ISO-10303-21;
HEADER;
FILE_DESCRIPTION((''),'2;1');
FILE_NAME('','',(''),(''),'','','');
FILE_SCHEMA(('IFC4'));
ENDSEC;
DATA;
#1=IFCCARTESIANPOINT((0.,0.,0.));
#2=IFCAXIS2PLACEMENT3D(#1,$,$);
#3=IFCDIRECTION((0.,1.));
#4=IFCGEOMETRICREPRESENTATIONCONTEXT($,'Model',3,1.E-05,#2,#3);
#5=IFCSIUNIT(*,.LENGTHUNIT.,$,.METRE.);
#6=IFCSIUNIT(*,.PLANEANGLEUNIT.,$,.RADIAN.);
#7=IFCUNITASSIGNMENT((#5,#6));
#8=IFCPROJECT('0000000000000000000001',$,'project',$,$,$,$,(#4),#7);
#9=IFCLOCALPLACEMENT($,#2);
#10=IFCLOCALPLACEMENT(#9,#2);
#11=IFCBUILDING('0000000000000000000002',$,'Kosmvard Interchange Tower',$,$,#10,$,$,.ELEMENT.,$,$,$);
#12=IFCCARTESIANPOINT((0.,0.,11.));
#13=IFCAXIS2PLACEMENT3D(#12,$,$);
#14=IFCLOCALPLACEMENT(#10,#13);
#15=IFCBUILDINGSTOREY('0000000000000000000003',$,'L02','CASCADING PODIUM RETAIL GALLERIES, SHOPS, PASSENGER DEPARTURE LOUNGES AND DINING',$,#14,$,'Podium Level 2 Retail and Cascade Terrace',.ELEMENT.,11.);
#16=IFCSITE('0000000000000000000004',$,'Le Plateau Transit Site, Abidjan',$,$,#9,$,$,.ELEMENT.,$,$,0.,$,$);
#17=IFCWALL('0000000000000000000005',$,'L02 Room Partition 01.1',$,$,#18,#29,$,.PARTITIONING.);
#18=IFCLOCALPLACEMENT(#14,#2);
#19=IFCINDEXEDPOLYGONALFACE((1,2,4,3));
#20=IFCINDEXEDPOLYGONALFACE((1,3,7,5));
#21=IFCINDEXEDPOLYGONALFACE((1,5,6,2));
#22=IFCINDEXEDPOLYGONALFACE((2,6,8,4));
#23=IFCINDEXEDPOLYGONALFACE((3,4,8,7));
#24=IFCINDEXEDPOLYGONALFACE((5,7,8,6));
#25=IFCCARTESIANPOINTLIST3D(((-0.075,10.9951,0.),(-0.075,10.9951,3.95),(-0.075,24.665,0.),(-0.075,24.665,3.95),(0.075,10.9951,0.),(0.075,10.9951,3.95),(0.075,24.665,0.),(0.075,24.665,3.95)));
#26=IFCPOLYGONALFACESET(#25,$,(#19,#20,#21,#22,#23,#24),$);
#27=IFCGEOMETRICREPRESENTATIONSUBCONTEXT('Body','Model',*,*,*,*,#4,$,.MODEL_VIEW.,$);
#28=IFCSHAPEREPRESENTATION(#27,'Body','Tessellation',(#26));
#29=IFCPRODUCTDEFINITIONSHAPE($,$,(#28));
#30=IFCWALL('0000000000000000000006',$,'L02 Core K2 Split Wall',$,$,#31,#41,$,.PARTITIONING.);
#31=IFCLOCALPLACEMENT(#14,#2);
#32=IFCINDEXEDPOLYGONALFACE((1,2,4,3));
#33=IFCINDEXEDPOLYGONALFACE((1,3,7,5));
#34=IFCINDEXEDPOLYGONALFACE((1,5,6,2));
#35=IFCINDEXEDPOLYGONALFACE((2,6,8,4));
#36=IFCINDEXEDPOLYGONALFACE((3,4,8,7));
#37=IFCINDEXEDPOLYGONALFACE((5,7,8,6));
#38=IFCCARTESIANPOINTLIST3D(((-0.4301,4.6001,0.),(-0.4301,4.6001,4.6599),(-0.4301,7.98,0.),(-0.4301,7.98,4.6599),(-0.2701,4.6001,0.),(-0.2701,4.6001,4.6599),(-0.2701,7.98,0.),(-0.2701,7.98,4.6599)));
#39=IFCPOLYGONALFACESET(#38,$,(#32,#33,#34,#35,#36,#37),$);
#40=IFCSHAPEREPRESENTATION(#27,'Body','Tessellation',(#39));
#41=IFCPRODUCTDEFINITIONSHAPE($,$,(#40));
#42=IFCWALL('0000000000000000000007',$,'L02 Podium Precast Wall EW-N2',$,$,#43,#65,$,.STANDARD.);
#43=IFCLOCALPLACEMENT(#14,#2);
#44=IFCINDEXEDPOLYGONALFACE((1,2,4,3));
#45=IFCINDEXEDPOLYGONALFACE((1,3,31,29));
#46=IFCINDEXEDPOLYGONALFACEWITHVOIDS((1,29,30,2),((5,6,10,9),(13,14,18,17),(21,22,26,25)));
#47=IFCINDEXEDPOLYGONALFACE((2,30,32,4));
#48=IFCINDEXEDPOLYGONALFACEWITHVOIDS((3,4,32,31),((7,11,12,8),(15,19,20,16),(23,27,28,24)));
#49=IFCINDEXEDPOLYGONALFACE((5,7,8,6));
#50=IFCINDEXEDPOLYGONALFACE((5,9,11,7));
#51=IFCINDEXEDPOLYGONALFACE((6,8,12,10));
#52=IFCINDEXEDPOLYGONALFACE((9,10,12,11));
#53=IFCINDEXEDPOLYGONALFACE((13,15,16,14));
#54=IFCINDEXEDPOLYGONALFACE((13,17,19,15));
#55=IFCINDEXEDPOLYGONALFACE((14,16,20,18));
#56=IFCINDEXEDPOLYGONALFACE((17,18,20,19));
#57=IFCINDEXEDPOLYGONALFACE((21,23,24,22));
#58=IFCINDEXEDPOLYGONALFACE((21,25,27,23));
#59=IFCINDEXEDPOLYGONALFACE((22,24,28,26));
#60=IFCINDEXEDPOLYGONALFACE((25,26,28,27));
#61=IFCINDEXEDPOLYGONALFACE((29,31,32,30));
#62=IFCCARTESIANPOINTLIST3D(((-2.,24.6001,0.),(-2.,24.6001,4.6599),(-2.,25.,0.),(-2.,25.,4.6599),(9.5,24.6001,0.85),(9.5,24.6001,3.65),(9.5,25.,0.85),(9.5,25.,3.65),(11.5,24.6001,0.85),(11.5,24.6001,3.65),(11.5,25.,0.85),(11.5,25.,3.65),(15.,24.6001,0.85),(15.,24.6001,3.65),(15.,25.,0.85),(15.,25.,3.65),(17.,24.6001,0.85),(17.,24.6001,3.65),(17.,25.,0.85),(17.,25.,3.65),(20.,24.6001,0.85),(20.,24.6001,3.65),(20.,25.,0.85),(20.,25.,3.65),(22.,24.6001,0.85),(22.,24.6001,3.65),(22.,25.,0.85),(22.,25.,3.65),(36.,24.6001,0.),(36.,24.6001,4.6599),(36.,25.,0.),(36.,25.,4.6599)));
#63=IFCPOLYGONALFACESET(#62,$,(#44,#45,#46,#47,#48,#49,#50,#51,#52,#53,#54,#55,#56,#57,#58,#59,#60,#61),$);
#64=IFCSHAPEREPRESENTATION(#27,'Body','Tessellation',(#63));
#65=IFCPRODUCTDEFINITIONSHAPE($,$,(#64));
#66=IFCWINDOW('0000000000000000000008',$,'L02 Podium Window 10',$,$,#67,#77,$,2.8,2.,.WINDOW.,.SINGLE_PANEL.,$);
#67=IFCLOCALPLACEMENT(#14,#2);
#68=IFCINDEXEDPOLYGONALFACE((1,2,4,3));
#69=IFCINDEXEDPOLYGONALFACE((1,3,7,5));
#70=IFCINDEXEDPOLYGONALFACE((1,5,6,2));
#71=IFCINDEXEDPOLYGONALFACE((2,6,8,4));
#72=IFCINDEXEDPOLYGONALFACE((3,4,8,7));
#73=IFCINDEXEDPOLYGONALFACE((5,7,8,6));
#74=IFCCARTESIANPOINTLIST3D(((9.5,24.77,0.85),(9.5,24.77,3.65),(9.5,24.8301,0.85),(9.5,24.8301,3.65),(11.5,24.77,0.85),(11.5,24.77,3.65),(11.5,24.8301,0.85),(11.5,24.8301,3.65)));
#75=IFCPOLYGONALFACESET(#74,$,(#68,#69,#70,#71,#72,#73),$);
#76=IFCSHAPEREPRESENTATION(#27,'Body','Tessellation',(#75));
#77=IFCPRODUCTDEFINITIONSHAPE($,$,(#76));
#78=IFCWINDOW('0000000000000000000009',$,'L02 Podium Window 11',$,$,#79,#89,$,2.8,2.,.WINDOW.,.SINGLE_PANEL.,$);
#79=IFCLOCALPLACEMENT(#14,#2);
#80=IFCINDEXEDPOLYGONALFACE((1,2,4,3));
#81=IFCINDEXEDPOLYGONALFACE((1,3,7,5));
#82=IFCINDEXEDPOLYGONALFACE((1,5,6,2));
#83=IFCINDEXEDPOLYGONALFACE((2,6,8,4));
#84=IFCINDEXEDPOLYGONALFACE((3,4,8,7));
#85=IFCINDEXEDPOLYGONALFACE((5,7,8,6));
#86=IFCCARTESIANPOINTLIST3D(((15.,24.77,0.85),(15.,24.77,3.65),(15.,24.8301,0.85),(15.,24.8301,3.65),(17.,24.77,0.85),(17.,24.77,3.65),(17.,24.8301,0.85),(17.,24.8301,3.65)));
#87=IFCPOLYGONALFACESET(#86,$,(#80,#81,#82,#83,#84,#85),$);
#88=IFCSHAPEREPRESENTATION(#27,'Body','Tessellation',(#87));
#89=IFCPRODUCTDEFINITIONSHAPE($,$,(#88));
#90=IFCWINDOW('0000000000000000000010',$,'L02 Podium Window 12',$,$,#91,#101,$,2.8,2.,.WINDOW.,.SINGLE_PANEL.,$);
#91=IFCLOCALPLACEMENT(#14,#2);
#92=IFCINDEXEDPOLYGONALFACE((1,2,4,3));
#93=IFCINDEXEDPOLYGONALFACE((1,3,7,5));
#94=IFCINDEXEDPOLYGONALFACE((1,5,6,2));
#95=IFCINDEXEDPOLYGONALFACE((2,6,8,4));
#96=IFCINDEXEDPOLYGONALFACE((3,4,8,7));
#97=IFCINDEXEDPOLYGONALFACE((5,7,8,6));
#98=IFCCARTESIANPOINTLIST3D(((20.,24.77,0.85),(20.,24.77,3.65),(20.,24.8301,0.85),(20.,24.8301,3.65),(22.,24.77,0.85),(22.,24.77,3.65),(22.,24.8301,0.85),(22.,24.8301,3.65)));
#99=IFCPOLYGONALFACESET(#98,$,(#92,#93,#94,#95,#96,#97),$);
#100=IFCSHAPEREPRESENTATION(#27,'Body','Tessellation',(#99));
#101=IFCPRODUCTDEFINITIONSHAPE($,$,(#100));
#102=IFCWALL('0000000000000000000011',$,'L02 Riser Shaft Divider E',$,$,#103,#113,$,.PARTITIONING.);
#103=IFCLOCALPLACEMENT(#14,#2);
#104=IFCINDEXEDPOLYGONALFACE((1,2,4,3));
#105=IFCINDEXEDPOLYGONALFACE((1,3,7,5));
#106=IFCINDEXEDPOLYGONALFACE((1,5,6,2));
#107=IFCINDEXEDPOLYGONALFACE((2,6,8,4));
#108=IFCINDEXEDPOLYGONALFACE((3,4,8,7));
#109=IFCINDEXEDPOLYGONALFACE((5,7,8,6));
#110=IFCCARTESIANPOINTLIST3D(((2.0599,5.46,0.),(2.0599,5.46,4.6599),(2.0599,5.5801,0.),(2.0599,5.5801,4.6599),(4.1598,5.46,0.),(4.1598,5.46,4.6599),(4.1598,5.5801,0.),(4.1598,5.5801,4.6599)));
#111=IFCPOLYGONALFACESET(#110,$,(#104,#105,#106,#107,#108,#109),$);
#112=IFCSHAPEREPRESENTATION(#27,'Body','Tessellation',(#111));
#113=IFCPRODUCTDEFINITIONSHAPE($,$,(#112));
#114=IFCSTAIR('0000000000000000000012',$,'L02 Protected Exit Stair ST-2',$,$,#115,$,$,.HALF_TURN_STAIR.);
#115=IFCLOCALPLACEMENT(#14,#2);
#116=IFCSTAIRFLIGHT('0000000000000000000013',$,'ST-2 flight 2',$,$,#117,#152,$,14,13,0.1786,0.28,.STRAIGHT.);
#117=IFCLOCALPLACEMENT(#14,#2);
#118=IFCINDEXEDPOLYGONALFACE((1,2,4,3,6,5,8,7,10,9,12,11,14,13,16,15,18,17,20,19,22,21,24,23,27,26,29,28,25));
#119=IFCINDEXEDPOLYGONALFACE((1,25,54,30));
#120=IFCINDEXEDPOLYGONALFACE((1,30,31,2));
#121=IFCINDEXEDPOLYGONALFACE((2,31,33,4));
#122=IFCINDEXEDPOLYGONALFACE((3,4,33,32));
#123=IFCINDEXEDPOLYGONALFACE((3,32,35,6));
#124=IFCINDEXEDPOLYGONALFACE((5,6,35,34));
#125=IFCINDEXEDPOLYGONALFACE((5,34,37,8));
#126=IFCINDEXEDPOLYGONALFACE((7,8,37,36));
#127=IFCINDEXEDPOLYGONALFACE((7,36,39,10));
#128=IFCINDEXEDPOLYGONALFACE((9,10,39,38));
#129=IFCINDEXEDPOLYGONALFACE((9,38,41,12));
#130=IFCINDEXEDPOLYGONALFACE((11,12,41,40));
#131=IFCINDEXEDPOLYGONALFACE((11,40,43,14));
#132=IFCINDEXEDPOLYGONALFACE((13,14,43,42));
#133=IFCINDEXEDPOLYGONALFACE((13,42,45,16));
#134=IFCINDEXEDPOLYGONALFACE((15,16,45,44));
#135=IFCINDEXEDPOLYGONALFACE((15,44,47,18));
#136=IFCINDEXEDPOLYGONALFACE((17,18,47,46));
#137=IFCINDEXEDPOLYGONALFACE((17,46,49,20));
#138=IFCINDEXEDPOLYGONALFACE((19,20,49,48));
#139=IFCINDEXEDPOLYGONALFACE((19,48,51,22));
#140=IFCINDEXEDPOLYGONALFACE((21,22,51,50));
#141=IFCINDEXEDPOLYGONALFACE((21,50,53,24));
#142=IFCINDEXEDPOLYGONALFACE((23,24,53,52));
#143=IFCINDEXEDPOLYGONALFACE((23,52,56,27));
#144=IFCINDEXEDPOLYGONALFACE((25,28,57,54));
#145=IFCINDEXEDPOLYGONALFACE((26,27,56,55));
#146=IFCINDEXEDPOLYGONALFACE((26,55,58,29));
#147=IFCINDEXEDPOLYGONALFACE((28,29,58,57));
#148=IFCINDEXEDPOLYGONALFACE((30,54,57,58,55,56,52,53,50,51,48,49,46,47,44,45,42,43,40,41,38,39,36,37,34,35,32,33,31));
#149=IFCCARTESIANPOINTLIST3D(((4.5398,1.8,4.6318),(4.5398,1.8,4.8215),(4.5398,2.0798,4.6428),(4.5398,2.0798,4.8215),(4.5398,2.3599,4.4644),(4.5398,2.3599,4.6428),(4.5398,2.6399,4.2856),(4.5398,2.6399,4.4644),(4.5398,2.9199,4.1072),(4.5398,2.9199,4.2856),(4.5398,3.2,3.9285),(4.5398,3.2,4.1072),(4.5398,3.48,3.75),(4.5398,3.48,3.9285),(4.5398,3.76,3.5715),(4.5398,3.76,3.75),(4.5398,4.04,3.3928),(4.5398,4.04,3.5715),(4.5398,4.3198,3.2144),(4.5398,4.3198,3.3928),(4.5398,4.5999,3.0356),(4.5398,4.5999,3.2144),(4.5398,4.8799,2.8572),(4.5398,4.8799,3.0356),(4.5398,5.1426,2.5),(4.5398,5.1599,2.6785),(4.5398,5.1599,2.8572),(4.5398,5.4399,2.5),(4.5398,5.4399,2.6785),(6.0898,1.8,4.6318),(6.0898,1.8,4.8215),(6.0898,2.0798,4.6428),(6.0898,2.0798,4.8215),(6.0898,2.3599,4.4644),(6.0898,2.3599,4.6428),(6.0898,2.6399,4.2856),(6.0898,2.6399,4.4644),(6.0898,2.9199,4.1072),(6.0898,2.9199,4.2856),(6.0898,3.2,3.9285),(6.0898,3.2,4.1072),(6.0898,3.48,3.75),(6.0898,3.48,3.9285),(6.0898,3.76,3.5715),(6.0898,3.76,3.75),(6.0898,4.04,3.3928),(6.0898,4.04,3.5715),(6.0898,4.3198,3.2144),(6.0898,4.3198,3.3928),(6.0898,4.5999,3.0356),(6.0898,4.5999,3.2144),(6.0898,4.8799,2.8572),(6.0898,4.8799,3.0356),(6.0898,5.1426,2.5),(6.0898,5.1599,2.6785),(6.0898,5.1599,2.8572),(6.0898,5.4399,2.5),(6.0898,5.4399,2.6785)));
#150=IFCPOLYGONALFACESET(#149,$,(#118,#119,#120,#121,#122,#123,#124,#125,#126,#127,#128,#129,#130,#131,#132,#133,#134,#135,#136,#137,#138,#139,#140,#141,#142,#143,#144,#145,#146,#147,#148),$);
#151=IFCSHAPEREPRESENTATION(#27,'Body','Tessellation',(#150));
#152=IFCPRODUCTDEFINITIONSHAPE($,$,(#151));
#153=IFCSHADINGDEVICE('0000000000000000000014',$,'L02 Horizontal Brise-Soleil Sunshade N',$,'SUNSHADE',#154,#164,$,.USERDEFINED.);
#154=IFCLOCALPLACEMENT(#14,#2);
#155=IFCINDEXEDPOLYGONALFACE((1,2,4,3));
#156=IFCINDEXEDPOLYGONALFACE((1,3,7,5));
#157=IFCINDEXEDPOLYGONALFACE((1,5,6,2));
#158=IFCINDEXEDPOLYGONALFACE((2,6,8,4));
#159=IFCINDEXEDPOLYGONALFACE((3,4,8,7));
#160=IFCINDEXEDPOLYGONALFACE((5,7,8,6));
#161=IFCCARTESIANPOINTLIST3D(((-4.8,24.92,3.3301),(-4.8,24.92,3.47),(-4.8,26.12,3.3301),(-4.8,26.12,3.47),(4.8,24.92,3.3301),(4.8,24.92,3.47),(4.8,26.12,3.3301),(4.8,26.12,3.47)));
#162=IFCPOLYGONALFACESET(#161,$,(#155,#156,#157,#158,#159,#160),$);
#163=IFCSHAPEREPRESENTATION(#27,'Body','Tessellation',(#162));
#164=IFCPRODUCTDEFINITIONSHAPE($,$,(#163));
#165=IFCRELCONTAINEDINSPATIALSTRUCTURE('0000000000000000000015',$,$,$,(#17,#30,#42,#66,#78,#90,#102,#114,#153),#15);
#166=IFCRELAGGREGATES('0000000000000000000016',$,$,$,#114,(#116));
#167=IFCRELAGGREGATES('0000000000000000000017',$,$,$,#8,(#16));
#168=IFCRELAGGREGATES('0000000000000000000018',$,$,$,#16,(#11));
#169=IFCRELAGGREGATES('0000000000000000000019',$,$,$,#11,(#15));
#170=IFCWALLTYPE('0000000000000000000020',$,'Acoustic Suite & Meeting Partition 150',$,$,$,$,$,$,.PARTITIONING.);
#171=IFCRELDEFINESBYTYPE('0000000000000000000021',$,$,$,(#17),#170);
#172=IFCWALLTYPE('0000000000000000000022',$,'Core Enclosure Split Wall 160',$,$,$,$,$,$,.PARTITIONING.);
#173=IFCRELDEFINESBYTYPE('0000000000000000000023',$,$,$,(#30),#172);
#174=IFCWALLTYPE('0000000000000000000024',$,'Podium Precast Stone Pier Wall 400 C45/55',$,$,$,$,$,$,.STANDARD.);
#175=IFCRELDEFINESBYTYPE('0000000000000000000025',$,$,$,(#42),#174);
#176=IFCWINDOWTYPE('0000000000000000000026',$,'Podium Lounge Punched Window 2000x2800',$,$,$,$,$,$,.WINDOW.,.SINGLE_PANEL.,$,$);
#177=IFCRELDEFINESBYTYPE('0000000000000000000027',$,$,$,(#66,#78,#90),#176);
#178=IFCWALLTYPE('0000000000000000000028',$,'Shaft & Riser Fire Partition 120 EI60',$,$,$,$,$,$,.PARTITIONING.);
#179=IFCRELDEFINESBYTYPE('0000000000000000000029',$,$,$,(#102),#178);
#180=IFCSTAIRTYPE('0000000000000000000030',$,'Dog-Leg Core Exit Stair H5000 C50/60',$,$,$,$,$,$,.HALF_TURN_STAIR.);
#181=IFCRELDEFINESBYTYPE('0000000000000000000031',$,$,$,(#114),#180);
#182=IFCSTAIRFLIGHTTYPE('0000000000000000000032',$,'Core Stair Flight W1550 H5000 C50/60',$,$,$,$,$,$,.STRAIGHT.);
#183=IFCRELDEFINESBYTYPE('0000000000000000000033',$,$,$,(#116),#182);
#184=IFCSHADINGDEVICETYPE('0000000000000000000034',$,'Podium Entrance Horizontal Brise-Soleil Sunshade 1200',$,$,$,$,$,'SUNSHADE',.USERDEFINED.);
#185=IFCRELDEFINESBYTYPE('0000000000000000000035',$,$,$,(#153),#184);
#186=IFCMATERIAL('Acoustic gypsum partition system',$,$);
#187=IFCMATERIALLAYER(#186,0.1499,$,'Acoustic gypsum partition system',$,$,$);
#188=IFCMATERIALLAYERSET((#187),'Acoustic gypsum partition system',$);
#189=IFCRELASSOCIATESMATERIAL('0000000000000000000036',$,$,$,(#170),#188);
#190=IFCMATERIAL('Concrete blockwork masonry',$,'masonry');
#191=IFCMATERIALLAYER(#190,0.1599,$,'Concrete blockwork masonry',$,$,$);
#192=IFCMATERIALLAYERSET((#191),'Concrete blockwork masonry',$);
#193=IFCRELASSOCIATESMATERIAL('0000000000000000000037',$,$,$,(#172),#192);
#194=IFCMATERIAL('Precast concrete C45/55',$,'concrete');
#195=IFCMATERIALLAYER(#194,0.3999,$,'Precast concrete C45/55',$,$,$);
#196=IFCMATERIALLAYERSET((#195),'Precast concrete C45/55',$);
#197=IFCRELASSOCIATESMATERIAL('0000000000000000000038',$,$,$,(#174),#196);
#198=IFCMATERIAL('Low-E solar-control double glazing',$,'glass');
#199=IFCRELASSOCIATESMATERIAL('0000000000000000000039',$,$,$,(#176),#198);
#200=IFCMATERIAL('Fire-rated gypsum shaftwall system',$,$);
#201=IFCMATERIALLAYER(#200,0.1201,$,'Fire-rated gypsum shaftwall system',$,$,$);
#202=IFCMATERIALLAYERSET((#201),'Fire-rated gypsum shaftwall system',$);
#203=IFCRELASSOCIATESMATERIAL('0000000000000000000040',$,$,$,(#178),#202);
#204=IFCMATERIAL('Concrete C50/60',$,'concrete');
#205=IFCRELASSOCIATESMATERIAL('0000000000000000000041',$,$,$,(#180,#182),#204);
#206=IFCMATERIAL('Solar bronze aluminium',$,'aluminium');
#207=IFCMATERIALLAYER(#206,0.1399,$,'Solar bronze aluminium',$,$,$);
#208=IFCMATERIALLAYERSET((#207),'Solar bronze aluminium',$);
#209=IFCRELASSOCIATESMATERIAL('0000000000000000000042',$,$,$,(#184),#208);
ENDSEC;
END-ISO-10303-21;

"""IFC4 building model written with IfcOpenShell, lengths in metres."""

from ifc_helpers import new_model, si_unit, direction, frame, frame_2d, origin, origin_2d, place, context, subcontext, project, spatial, polyline, rectangle, outline, extrude, source, transform, mapped, material, layer, layer_set, type_object, element, fill, aggregate, save


model = new_model("IFC4")

# Units and contexts
model_context = context("Model", 3, precision=1e-05, world=origin(), true_north=direction((0.0, 1.0)))
body_context = subcontext(model_context, "Body", "Model", "MODEL_VIEW")
ifc_project = project(units=[si_unit("LENGTHUNIT", "METRE"), si_unit("PLANEANGLEUNIT", "RADIAN")], contexts=[model_context])

# Site, building, storey
site_placement = place(None, origin())
site = spatial("IfcSite", under=ifc_project, at=site_placement, Name="Le Plateau Transit Site, Abidjan", CompositionType="ELEMENT", RefElevation=0.0)
building_placement = place(site_placement, origin())
building = spatial("IfcBuilding", under=site, at=building_placement, Name="Kosmvard Interchange Tower", CompositionType="ELEMENT")
storey_placement = place(building_placement, frame((0.0, 0.0, 11.0)))
storey = spatial("IfcBuildingStorey", under=building, at=storey_placement, Name="L02", Description="CASCADING PODIUM RETAIL GALLERIES, SHOPS, PASSENGER DEPARTURE LOUNGES AND DINING", LongName="Podium Level 2 Retail and Cascade Terrace", CompositionType="ELEMENT", Elevation=11.0)

# Walls
ifc_material_1 = material(Name="Acoustic gypsum partition system")
ifc_layer_1 = layer(ifc_material_1, 0.1499, Name="Acoustic gypsum partition system")
ifc_layer_set_1 = layer_set([ifc_layer_1], Name="Acoustic gypsum partition system")
wall_type_1 = type_object("IfcWallType", Name="Acoustic Suite & Meeting Partition 150", PredefinedType="PARTITIONING", material=ifc_layer_set_1)
wall_1_placement = place(storey_placement, frame((0.0, 10.9951, 0.0), z_axis=(0.0, 0.0, 1.0), x_axis=(0.0, 1.0, 0.0)))
element("IfcWall", 1, at=wall_1_placement, inside=storey, type_object=wall_type_1, Name="L02 Room Partition 01.1", PredefinedType="PARTITIONING", context=body_context, shape_type="SweptSolid", body=[
    extrude(rectangle(XDim=13.6699, YDim=0.1499, at=frame_2d((6.835, 0.0))), origin(), (0.0, 0.0, 1.0), 3.95),
])
ifc_material_2 = material(Name="Concrete blockwork masonry", Category="masonry")
ifc_layer_2 = layer(ifc_material_2, 0.1599, Name="Concrete blockwork masonry")
ifc_layer_set_2 = layer_set([ifc_layer_2], Name="Concrete blockwork masonry")
wall_type_2 = type_object("IfcWallType", Name="Core Enclosure Split Wall 160", PredefinedType="PARTITIONING", material=ifc_layer_set_2)
wall_2_placement = place(storey_placement, frame((-0.3501, 4.6001, 0.0), z_axis=(0.0, 0.0, 1.0), x_axis=(0.0, 1.0, 0.0)))
element("IfcWall", 2, at=wall_2_placement, inside=storey, type_object=wall_type_2, Name="L02 Core K2 Split Wall", PredefinedType="PARTITIONING", context=body_context, shape_type="SweptSolid", body=[
    extrude(rectangle(XDim=3.3799, YDim=0.1599, at=frame_2d((1.6899, 0.0))), origin(), (0.0, 0.0, 1.0), 4.6599),
])

# Wall, openings, windows
ifc_material_3 = material(Name="Precast concrete C45/55", Category="concrete")
ifc_layer_3 = layer(ifc_material_3, 0.3999, Name="Precast concrete C45/55")
ifc_layer_set_3 = layer_set([ifc_layer_3], Name="Precast concrete C45/55")
wall_type_3 = type_object("IfcWallType", Name="Podium Precast Stone Pier Wall 400 C45/55", PredefinedType="STANDARD", material=ifc_layer_set_3)
wall_3_placement = place(storey_placement, frame((-2.0, 24.8, 0.0), z_axis=(0.0, 0.0, 1.0), x_axis=(1.0, 0.0, 0.0)))
wall_3 = element("IfcWall", 3, at=wall_3_placement, inside=storey, type_object=wall_type_3, Name="L02 Podium Precast Wall EW-N2", PredefinedType="STANDARD", context=body_context, shape_type="SweptSolid", body=[
    extrude(rectangle(XDim=38.0, YDim=0.3999, at=frame_2d((19.0, 0.0))), origin(), (0.0, 0.0, 1.0), 4.6599),
])
opening_1_placement = place(wall_3_placement, frame((11.5, 0.0, 0.8501)))
opening_1 = element("IfcOpeningElement", 4, at=opening_1_placement, cuts=wall_3, PredefinedType="OPENING", context=body_context, shape_type="SweptSolid", body=[
    extrude(rectangle(XDim=2.0, YDim=2.8, at=frame_2d((1.0, 1.3999))), frame((0.0, 0.21, 0.0), z_axis=(0.0, -1.0, 0.0), x_axis=(1.0, 0.0, 0.0)), (0.0, 0.0, 1.0), 0.4199),
])
opening_2_placement = place(wall_3_placement, frame((17.0, 0.0, 0.8501)))
opening_2 = element("IfcOpeningElement", 5, at=opening_2_placement, cuts=wall_3, PredefinedType="OPENING", context=body_context, shape_type="SweptSolid", body=[
    extrude(rectangle(XDim=2.0, YDim=2.8, at=frame_2d((1.0, 1.3999))), frame((0.0, 0.21, 0.0), z_axis=(0.0, -1.0, 0.0), x_axis=(1.0, 0.0, 0.0)), (0.0, 0.0, 1.0), 0.4199),
])
opening_3_placement = place(wall_3_placement, frame((22.0, 0.0, 0.8501)))
opening_3 = element("IfcOpeningElement", 6, at=opening_3_placement, cuts=wall_3, PredefinedType="OPENING", context=body_context, shape_type="SweptSolid", body=[
    extrude(rectangle(XDim=2.0, YDim=2.8, at=frame_2d((1.0, 1.3999))), frame((0.0, 0.21, 0.0), z_axis=(0.0, -1.0, 0.0), x_axis=(1.0, 0.0, 0.0)), (0.0, 0.0, 1.0), 0.4199),
])
ifc_material_4 = material(Name="Low-E solar-control double glazing", Category="glass")
window_type = type_object("IfcWindowType", Name="Podium Lounge Punched Window 2000x2800", PartitioningType="SINGLE_PANEL", PredefinedType="WINDOW", material=ifc_material_4)
shared_shape_1 = source(origin(), body_context, "Body", "SweptSolid", [
    extrude(rectangle(XDim=2.0, YDim=2.8, at=frame_2d((1.0, 1.3999))), frame((0.0, 0.03, 0.0), z_axis=(0.0, -1.0, 0.0), x_axis=(1.0, 0.0, 0.0)), (0.0, 0.0, 1.0), 0.0601),
])
window_1_placement = place(opening_1_placement, origin())
window_1 = element("IfcWindow", 7, at=window_1_placement, inside=storey, type_object=window_type, Name="L02 Podium Window 10", OverallHeight=2.8, OverallWidth=2.0, PartitioningType="SINGLE_PANEL", PredefinedType="WINDOW", context=body_context, shape_type="MappedRepresentation", body=[
    mapped(shared_shape_1, transform((0.0, 0.0, 0.0), scale=1.0)),
])
fill(opening_1, window_1)
window_2_placement = place(opening_2_placement, origin())
window_2 = element("IfcWindow", 8, at=window_2_placement, inside=storey, type_object=window_type, Name="L02 Podium Window 11", OverallHeight=2.8, OverallWidth=2.0, PartitioningType="SINGLE_PANEL", PredefinedType="WINDOW", context=body_context, shape_type="MappedRepresentation", body=[
    mapped(shared_shape_1, transform((0.0, 0.0, 0.0), scale=1.0)),
])
fill(opening_2, window_2)
window_3_placement = place(opening_3_placement, origin())
window_3 = element("IfcWindow", 9, at=window_3_placement, inside=storey, type_object=window_type, Name="L02 Podium Window 12", OverallHeight=2.8, OverallWidth=2.0, PartitioningType="SINGLE_PANEL", PredefinedType="WINDOW", context=body_context, shape_type="MappedRepresentation", body=[
    mapped(shared_shape_1, transform((0.0, 0.0, 0.0), scale=1.0)),
])
fill(opening_3, window_3)

# Wall
ifc_material_5 = material(Name="Fire-rated gypsum shaftwall system")
ifc_layer_4 = layer(ifc_material_5, 0.1201, Name="Fire-rated gypsum shaftwall system")
ifc_layer_set_4 = layer_set([ifc_layer_4], Name="Fire-rated gypsum shaftwall system")
wall_type_4 = type_object("IfcWallType", Name="Shaft & Riser Fire Partition 120 EI60", PredefinedType="PARTITIONING", material=ifc_layer_set_4)
wall_4_placement = place(storey_placement, frame((2.0601, 5.52, 0.0), z_axis=(0.0, 0.0, 1.0), x_axis=(1.0, 0.0, 0.0)))
element("IfcWall", 10, at=wall_4_placement, inside=storey, type_object=wall_type_4, Name="L02 Riser Shaft Divider E", PredefinedType="PARTITIONING", context=body_context, shape_type="SweptSolid", body=[
    extrude(rectangle(XDim=2.0999, YDim=0.1201, at=frame_2d((1.0498, 0.0))), origin(), (0.0, 0.0, 1.0), 4.6599),
])

# Stair, stair flight
ifc_material_6 = material(Name="Concrete C50/60", Category="concrete")
stair_type = type_object("IfcStairType", Name="Dog-Leg Core Exit Stair H5000 C50/60", PredefinedType="HALF_TURN_STAIR", material=ifc_material_6)
stair_placement = place(storey_placement, origin())
stair = element("IfcStair", 11, at=stair_placement, inside=storey, type_object=stair_type, Name="L02 Protected Exit Stair ST-2", PredefinedType="HALF_TURN_STAIR")
stair_flight_type = type_object("IfcStairFlightType", Name="Core Stair Flight W1550 H5000 C50/60", PredefinedType="STRAIGHT", material=ifc_material_6)
shared_shape_2 = source(origin(), body_context, "Body", "SweptSolid", [
    extrude(outline(polyline([(0.0, 0.0), (0.0, 0.1785), (0.28, 0.1785), (0.28, 0.3572), (0.5601, 0.3572), (0.5601, 0.5356), (0.8401, 0.5356), (0.8401, 0.7144), (1.1201, 0.7144), (1.1201, 0.8928), (1.3999, 0.8928), (1.3999, 1.0715), (1.6799, 1.0715), (1.6799, 1.25), (1.96, 1.25), (1.96, 1.4285), (2.24, 1.4285), (2.24, 1.6072), (2.52, 1.6072), (2.52, 1.7856), (2.8, 1.7856), (2.8, 1.9644), (3.0801, 1.9644), (3.0801, 2.1428), (3.3601, 2.1428), (3.3601, 2.3215), (3.6399, 2.3215), (3.6399, 2.5), (3.6399, 2.1318), (0.2974, 0.0), (0.0, 0.0)])), frame((0.0, 0.7749, 0.0), z_axis=(0.0, -1.0, 0.0), x_axis=(1.0, 0.0, 0.0)), (0.0, 0.0, 1.0), 1.55),
])
stair_flight_placement = place(storey_placement, frame((5.3149, 5.4399, 2.5), z_axis=(0.0, 0.0, 1.0), x_axis=(0.0, -1.0, 0.0)))
stair_flight = element("IfcStairFlight", 12, at=stair_flight_placement, type_object=stair_flight_type, Name="ST-2 flight 2", NumberOfRisers=14, NumberOfTreads=13, PredefinedType="STRAIGHT", RiserHeight=0.1786, TreadLength=0.28, context=body_context, shape_type="MappedRepresentation", body=[
    mapped(shared_shape_2, transform((0.0, 0.0, 0.0), scale=1.0)),
])
aggregate(stair, [stair_flight])

# Shading device
ifc_material_7 = material(Name="Solar bronze aluminium", Category="aluminium")
ifc_layer_5 = layer(ifc_material_7, 0.1399, Name="Solar bronze aluminium")
ifc_layer_set_5 = layer_set([ifc_layer_5], Name="Solar bronze aluminium")
shading_device_type = type_object("IfcShadingDeviceType", Name="Podium Entrance Horizontal Brise-Soleil Sunshade 1200", ElementType="SUNSHADE", PredefinedType="USERDEFINED", material=ifc_layer_set_5)
shared_shape_3 = source(origin(), body_context, "Body", "SweptSolid", [
    extrude(rectangle(XDim=9.6001, YDim=1.2, at=origin_2d()), origin(), (0.0, 0.0, 1.0), 0.1399),
])
shading_device_placement = place(storey_placement, frame((0.0, 25.52, 3.3301), z_axis=(0.0, 0.0, 1.0), x_axis=(1.0, 0.0, 0.0)))
element("IfcShadingDevice", 13, at=shading_device_placement, inside=storey, type_object=shading_device_type, Name="L02 Horizontal Brise-Soleil Sunshade N", ObjectType="SUNSHADE", PredefinedType="USERDEFINED", context=body_context, shape_type="MappedRepresentation", body=[
    mapped(shared_shape_3, transform((0.0, 0.0, 0.0), scale=1.0)),
])

save(model, "model.ifc")
